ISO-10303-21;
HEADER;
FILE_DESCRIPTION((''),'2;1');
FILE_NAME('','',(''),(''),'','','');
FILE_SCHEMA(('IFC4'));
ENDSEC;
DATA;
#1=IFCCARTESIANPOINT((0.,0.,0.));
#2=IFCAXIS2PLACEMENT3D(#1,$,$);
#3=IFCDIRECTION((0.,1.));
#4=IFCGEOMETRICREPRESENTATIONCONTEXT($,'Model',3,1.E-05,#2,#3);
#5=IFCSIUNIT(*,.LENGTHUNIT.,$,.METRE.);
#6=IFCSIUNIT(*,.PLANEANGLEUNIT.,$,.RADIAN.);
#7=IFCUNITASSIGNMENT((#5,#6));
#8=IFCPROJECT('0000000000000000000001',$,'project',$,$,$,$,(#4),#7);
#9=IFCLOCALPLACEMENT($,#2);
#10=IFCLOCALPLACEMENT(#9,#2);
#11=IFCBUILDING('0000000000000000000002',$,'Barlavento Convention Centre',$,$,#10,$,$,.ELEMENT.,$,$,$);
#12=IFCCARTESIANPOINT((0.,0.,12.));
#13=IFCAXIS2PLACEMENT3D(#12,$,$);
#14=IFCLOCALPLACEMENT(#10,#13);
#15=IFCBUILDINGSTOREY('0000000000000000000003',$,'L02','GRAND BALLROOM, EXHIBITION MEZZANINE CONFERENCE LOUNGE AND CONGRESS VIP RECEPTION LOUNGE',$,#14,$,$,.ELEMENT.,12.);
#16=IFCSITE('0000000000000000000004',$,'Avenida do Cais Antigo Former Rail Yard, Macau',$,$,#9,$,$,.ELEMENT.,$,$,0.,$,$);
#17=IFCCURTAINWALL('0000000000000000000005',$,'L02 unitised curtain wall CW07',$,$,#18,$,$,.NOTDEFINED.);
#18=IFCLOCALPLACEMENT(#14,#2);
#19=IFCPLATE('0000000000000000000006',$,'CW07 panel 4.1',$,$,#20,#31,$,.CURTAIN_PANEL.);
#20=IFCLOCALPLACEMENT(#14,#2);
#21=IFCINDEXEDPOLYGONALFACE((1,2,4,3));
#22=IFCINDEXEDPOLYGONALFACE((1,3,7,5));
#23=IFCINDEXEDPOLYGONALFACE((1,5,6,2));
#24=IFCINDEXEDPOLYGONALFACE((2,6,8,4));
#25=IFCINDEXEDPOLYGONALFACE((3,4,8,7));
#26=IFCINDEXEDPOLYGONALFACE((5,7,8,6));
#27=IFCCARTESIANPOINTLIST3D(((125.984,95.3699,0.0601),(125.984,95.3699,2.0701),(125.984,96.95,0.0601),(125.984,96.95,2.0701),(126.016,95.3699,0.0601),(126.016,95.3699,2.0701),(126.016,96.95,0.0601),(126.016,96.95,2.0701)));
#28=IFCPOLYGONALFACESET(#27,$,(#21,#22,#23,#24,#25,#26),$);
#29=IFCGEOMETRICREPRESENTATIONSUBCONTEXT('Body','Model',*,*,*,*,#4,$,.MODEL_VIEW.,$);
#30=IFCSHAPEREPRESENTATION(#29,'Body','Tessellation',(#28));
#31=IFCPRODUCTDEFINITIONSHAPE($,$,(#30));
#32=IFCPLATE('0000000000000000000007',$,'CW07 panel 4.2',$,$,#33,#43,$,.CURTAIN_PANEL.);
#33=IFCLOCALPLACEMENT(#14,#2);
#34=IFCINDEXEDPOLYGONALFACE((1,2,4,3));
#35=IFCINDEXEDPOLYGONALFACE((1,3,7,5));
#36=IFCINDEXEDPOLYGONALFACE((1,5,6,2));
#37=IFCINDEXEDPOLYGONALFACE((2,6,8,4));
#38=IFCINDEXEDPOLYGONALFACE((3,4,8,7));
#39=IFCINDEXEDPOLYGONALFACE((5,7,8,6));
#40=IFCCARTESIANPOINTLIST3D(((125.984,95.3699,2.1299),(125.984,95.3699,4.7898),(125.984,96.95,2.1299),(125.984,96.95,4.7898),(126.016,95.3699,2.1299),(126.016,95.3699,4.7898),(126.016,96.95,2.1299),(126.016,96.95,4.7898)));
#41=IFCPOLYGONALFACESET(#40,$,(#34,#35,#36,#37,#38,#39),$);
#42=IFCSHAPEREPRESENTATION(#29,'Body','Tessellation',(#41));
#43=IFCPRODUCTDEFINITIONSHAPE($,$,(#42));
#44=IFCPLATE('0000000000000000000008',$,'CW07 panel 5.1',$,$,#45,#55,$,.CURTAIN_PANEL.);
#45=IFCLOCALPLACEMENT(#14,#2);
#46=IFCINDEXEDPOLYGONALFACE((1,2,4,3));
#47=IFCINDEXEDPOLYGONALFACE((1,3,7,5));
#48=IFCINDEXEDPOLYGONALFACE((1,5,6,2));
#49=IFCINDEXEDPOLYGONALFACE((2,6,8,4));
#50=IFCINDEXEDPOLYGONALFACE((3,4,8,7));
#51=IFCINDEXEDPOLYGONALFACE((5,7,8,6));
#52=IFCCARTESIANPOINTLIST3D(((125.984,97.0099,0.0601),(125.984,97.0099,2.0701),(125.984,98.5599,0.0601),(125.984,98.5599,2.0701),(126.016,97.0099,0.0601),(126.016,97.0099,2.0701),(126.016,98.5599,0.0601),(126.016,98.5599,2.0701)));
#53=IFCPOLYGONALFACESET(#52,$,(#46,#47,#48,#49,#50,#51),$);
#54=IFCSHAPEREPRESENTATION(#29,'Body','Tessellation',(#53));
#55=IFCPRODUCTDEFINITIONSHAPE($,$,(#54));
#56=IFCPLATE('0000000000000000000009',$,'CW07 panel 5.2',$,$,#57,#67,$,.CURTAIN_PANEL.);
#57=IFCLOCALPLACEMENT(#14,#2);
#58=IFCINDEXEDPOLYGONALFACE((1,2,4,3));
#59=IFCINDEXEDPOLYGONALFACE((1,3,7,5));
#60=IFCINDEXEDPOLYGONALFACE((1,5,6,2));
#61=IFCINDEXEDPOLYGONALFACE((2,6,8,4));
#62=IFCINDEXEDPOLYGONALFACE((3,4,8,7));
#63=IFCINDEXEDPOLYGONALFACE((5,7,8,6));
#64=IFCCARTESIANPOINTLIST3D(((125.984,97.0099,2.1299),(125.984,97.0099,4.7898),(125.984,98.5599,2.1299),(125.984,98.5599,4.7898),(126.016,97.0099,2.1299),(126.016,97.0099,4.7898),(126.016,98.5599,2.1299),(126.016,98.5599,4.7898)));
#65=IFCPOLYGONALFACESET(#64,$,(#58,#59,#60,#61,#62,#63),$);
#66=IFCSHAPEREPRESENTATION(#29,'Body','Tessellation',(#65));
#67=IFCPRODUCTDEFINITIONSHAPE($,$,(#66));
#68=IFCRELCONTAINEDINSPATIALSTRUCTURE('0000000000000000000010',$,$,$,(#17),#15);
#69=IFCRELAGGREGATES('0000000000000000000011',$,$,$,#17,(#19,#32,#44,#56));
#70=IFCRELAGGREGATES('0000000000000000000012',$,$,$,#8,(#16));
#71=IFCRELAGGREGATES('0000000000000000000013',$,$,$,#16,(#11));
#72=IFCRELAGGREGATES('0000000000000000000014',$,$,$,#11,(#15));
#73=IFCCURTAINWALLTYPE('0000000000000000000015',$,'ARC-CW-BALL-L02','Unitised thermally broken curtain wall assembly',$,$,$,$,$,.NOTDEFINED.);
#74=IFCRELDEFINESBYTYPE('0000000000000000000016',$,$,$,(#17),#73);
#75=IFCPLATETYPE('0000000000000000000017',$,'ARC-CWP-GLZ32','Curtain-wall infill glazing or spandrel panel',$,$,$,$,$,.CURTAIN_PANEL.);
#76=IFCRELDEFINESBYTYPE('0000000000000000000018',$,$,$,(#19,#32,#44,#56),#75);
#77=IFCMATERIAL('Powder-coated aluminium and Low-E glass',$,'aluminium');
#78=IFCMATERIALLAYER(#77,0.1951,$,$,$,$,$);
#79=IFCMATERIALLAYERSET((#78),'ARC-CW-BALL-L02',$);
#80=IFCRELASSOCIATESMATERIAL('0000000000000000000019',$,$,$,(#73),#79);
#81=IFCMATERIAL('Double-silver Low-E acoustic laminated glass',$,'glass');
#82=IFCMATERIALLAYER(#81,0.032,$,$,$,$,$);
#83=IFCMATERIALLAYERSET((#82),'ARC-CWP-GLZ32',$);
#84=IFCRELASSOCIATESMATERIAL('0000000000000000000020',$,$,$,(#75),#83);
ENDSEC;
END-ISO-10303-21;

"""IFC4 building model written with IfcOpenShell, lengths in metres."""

from ifc_helpers import new_model, si_unit, direction, frame, origin, origin_2d, place, context, subcontext, project, spatial, rectangle, extrude, material, layer, layer_set, type_object, element, aggregate, save


model = new_model("IFC4")

# Units and contexts
model_context = context("Model", 3, precision=1e-05, world=origin(), true_north=direction((0.0, 1.0)))
body_context = subcontext(model_context, "Body", "Model", "MODEL_VIEW")
ifc_project = project(units=[si_unit("LENGTHUNIT", "METRE"), si_unit("PLANEANGLEUNIT", "RADIAN")], contexts=[model_context])

# Site, building, storey
site_placement = place(None, origin())
site = spatial("IfcSite", under=ifc_project, at=site_placement, Name="Avenida do Cais Antigo Former Rail Yard, Macau", CompositionType="ELEMENT", RefElevation=0.0)
building_placement = place(site_placement, origin())
building = spatial("IfcBuilding", under=site, at=building_placement, Name="Barlavento Convention Centre", CompositionType="ELEMENT")
storey_placement = place(building_placement, frame((0.0, 0.0, 12.0)))
storey = spatial("IfcBuildingStorey", under=building, at=storey_placement, Name="L02", Description="GRAND BALLROOM, EXHIBITION MEZZANINE CONFERENCE LOUNGE AND CONGRESS VIP RECEPTION LOUNGE", CompositionType="ELEMENT", Elevation=12.0)

# Curtain wall
ifc_material_1 = material(Name="Powder-coated aluminium and Low-E glass", Category="aluminium")
ifc_layer_1 = layer(ifc_material_1, 0.1951)
ifc_layer_set_1 = layer_set([ifc_layer_1], Name="ARC-CW-BALL-L02")
curtain_wall_type = type_object("IfcCurtainWallType", Name="ARC-CW-BALL-L02", Description="Unitised thermally broken curtain wall assembly", PredefinedType="NOTDEFINED", material=ifc_layer_set_1)
curtain_wall_1_placement = place(storey_placement, origin())
curtain_wall_1 = element("IfcCurtainWall", 1, at=curtain_wall_1_placement, inside=storey, type_object=curtain_wall_type, Name="L02 unitised curtain wall CW07", PredefinedType="NOTDEFINED")

# Plates
ifc_material_2 = material(Name="Double-silver Low-E acoustic laminated glass", Category="glass")
ifc_layer_2 = layer(ifc_material_2, 0.032)
ifc_layer_set_2 = layer_set([ifc_layer_2], Name="ARC-CWP-GLZ32")
plate_type_1 = type_object("IfcPlateType", Name="ARC-CWP-GLZ32", Description="Curtain-wall infill glazing or spandrel panel", PredefinedType="CURTAIN_PANEL", material=ifc_layer_set_2)
plate_1_placement = place(storey_placement, frame((126.0, 96.1599, 0.0601), z_axis=(0.0, 0.0, 1.0), x_axis=(0.0, 1.0, 0.0)))
plate_1 = element("IfcPlate", 2, at=plate_1_placement, type_object=plate_type_1, Name="CW07 panel 4.1", PredefinedType="CURTAIN_PANEL", context=body_context, shape_type="SweptSolid", body=[
    extrude(rectangle(XDim=1.5801, YDim=0.032, at=origin_2d()), origin(), (0.0, 0.0, 1.0), 2.01),
])
plate_2_placement = place(storey_placement, frame((126.0, 96.1599, 2.1299), z_axis=(0.0, 0.0, 1.0), x_axis=(0.0, 1.0, 0.0)))
plate_2 = element("IfcPlate", 3, at=plate_2_placement, type_object=plate_type_1, Name="CW07 panel 4.2", PredefinedType="CURTAIN_PANEL", context=body_context, shape_type="SweptSolid", body=[
    extrude(rectangle(XDim=1.5801, YDim=0.032, at=origin_2d()), origin(), (0.0, 0.0, 1.0), 2.6599),
])
plate_3_placement = place(storey_placement, frame((126.0, 97.7849, 0.0601), z_axis=(0.0, 0.0, 1.0), x_axis=(0.0, 1.0, 0.0)))
plate_3 = element("IfcPlate", 4, at=plate_3_placement, type_object=plate_type_1, Name="CW07 panel 5.1", PredefinedType="CURTAIN_PANEL", context=body_context, shape_type="SweptSolid", body=[
    extrude(rectangle(XDim=1.55, YDim=0.032, at=origin_2d()), origin(), (0.0, 0.0, 1.0), 2.01),
])
plate_4_placement = place(storey_placement, frame((126.0, 97.7849, 2.1299), z_axis=(0.0, 0.0, 1.0), x_axis=(0.0, 1.0, 0.0)))
plate_4 = element("IfcPlate", 5, at=plate_4_placement, type_object=plate_type_1, Name="CW07 panel 5.2", PredefinedType="CURTAIN_PANEL", context=body_context, shape_type="SweptSolid", body=[
    extrude(rectangle(XDim=1.55, YDim=0.032, at=origin_2d()), origin(), (0.0, 0.0, 1.0), 2.6599),
])
aggregate(curtain_wall_1, [plate_1, plate_2, plate_3, plate_4])

save(model, "model.ifc")
